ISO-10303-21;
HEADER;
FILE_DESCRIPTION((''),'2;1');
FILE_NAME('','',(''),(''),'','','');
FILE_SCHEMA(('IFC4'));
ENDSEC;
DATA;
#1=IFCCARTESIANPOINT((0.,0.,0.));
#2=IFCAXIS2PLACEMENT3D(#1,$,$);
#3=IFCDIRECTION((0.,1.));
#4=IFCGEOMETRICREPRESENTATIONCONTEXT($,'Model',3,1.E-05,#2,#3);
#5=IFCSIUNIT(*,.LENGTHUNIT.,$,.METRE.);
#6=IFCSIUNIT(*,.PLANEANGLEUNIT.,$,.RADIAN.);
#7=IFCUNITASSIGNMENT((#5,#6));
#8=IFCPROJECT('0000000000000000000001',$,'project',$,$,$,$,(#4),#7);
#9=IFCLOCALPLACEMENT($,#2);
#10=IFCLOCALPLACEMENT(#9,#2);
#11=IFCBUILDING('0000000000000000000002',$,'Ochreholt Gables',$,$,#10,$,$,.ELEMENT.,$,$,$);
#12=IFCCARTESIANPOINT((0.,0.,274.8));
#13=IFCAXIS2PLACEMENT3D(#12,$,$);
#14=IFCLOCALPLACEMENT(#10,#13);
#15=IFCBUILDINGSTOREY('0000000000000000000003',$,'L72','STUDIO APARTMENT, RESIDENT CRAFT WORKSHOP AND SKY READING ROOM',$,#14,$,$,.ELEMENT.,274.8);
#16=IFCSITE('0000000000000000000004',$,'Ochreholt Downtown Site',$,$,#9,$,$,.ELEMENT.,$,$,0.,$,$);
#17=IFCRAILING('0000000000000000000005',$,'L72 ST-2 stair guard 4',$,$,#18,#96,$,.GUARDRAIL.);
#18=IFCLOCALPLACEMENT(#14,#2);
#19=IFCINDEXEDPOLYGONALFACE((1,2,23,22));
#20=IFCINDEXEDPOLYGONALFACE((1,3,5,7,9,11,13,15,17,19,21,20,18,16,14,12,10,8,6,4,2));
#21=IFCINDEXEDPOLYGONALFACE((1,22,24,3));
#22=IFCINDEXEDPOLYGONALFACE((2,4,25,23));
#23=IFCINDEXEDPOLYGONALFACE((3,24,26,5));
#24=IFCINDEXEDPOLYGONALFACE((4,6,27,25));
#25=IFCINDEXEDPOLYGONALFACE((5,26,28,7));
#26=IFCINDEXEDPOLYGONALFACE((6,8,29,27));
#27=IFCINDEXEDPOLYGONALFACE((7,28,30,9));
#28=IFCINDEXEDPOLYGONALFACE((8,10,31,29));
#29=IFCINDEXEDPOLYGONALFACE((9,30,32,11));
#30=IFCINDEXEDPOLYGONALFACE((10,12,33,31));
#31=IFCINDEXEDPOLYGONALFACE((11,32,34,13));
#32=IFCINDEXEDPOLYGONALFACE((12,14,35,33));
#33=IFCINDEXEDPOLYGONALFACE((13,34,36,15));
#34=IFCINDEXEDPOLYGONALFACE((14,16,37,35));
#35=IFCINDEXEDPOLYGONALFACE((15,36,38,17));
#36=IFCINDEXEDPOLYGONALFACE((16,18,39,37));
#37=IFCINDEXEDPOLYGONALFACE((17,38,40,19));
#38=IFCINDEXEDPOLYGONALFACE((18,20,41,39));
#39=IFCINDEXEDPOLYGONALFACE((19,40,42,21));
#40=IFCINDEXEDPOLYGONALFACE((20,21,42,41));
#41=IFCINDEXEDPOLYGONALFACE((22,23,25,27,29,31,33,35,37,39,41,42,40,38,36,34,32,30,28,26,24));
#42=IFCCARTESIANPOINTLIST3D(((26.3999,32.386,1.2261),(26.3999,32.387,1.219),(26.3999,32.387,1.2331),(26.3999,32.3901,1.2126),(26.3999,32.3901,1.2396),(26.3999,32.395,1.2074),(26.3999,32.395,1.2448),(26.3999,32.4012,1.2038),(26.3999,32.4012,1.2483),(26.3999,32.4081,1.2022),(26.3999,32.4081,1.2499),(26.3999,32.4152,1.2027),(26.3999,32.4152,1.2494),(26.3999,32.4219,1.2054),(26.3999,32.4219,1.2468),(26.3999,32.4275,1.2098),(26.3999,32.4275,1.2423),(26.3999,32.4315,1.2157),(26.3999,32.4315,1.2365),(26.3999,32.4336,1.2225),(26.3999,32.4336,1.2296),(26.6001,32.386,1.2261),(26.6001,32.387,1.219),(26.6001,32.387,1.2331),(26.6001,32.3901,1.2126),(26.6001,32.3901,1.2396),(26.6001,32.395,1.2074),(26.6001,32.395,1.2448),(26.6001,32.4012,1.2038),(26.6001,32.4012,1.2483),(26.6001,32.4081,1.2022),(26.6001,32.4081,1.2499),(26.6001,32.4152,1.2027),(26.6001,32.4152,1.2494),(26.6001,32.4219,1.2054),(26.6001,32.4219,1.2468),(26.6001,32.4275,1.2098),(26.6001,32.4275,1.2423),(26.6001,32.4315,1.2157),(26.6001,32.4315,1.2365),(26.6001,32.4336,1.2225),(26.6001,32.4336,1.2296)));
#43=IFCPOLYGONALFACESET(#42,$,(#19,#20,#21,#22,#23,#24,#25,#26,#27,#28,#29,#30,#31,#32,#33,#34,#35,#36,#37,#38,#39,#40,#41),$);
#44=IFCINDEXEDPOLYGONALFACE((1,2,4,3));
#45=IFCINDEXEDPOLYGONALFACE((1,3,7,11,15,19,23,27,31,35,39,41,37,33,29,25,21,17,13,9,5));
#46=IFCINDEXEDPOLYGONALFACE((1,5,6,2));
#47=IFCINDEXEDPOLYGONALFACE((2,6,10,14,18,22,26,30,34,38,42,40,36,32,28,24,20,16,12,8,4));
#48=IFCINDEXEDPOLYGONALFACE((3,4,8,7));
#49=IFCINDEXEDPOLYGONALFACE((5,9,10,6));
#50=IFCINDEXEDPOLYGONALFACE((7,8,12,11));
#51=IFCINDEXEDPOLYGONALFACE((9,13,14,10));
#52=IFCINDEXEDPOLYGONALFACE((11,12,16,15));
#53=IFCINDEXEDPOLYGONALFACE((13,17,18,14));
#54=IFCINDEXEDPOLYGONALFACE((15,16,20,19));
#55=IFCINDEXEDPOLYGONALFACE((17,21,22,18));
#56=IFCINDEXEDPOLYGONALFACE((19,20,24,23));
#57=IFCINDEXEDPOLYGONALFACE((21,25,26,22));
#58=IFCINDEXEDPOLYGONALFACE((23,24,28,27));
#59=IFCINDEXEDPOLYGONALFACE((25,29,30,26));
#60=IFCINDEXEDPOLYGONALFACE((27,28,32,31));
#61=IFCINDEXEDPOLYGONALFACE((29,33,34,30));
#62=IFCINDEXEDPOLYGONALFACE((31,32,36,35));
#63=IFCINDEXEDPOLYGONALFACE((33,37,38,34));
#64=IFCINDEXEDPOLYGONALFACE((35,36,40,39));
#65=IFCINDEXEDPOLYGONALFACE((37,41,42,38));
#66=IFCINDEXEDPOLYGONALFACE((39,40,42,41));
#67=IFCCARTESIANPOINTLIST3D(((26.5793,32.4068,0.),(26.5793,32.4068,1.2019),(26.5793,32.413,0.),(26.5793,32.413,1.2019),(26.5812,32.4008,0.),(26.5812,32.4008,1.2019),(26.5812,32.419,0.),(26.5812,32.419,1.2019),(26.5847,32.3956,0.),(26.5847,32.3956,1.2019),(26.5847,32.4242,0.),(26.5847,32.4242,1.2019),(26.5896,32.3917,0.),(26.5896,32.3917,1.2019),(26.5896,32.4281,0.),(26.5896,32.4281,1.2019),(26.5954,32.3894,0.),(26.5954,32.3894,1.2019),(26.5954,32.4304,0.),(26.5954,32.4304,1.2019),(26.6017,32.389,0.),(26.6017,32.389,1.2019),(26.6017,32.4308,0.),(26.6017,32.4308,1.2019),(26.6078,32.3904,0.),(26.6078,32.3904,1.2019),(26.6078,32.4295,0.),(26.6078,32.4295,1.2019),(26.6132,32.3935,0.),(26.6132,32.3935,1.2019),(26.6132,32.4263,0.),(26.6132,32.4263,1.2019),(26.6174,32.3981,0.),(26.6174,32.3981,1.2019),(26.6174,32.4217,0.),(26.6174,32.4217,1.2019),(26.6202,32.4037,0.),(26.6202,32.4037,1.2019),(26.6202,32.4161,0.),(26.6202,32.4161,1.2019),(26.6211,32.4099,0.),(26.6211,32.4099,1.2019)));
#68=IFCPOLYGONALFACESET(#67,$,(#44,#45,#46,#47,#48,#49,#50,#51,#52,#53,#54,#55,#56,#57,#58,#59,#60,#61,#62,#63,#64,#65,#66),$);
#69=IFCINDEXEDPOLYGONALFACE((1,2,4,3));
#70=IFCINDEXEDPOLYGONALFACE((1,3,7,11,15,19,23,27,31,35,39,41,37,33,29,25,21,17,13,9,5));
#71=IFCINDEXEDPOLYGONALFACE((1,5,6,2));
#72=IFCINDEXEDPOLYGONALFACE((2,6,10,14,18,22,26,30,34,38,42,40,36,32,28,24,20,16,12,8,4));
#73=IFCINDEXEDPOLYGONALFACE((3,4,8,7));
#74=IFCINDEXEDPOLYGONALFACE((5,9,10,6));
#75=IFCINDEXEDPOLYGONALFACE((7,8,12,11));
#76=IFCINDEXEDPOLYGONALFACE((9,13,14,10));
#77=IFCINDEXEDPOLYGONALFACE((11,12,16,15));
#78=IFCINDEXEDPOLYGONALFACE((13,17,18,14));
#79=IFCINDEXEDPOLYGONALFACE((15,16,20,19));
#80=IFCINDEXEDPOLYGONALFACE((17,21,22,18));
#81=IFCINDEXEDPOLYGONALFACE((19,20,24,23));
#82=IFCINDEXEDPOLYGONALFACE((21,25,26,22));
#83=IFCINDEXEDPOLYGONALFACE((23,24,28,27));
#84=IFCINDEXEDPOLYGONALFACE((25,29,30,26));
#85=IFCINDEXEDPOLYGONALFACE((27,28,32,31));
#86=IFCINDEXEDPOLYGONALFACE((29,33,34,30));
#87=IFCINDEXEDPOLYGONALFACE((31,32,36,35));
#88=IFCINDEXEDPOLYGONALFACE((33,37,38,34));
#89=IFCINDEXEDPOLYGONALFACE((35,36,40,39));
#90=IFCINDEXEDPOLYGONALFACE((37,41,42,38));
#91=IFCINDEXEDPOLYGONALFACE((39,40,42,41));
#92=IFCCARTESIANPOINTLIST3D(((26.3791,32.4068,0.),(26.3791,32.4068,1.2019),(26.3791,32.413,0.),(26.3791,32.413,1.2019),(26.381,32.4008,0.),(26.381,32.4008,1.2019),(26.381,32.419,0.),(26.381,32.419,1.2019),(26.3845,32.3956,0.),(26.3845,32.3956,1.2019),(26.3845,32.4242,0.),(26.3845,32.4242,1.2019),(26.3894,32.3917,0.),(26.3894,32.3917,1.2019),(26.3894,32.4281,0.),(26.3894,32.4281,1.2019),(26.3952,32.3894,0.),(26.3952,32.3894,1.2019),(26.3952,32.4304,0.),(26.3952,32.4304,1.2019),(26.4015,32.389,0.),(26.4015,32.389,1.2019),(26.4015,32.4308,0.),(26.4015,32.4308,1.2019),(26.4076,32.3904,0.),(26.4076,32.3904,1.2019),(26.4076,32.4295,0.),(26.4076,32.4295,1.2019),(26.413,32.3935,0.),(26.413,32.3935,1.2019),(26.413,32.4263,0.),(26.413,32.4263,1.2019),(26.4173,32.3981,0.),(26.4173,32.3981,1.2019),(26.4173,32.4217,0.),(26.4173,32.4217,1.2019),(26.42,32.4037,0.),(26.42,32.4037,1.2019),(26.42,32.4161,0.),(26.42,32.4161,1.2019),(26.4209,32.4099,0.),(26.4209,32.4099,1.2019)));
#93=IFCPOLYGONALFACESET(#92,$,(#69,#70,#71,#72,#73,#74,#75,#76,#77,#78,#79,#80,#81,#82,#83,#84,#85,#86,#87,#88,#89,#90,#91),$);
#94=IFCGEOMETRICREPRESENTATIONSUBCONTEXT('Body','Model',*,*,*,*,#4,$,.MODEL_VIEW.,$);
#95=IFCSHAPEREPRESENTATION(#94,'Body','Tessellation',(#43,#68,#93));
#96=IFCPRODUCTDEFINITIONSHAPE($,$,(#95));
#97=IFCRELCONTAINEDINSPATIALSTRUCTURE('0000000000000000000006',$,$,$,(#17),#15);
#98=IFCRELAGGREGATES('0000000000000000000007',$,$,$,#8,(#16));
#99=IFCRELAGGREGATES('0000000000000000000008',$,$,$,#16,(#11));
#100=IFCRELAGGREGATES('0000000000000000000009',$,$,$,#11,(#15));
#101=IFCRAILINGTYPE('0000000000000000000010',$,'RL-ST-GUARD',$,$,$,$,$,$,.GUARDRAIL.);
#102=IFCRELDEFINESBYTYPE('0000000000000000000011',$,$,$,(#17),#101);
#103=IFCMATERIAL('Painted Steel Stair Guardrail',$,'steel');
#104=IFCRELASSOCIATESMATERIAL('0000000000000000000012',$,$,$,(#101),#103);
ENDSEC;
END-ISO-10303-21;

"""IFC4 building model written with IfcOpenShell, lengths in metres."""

from ifc_helpers import new_model, si_unit, direction, frame, origin, origin_2d, place, context, subcontext, project, spatial, circle, extrude, material, type_object, element, save


model = new_model("IFC4")

# Units and contexts
model_context = context("Model", 3, precision=1e-05, world=origin(), true_north=direction((0.0, 1.0)))
body_context = subcontext(model_context, "Body", "Model", "MODEL_VIEW")
ifc_project = project(units=[si_unit("LENGTHUNIT", "METRE"), si_unit("PLANEANGLEUNIT", "RADIAN")], contexts=[model_context])

# Site, building, storey
site_placement = place(None, origin())
site = spatial("IfcSite", under=ifc_project, at=site_placement, Name="Ochreholt Downtown Site", CompositionType="ELEMENT", RefElevation=0.0)
building_placement = place(site_placement, origin())
building = spatial("IfcBuilding", under=site, at=building_placement, Name="Ochreholt Gables", CompositionType="ELEMENT")
storey_placement = place(building_placement, frame((0.0, 0.0, 274.8)))
storey = spatial("IfcBuildingStorey", under=building, at=storey_placement, Name="L72", Description="STUDIO APARTMENT, RESIDENT CRAFT WORKSHOP AND SKY READING ROOM", CompositionType="ELEMENT", Elevation=274.8)

# Railing
ifc_material_1 = material(Name="Painted Steel Stair Guardrail", Category="steel")
railing_type_1 = type_object("IfcRailingType", Name="RL-ST-GUARD", PredefinedType="GUARDRAIL", material=ifc_material_1)
railing_1_placement = place(storey_placement, frame((26.6001, 32.4099, 0.0)))
element("IfcRailing", 1, at=railing_1_placement, inside=storey, type_object=railing_type_1, Name="L72 ST-2 stair guard 4", PredefinedType="GUARDRAIL", context=body_context, shape_type="SweptSolid", body=[
    extrude(circle(Radius=0.0239, at=origin_2d()), frame((0.0, 0.0, 1.2261), z_axis=(-1.0, 0.0, 0.0), x_axis=(0.0, -1.0, 0.0)), (0.0, 0.0, 1.0), 0.2002),
    extrude(circle(Radius=0.021, at=origin_2d()), origin(), (0.0, 0.0, 1.0), 1.2019),
    extrude(circle(Radius=0.021, at=origin_2d()), frame((-0.2002, 0.0, 0.0)), (0.0, 0.0, 1.0), 1.2019),
])

save(model, "model.ifc")
